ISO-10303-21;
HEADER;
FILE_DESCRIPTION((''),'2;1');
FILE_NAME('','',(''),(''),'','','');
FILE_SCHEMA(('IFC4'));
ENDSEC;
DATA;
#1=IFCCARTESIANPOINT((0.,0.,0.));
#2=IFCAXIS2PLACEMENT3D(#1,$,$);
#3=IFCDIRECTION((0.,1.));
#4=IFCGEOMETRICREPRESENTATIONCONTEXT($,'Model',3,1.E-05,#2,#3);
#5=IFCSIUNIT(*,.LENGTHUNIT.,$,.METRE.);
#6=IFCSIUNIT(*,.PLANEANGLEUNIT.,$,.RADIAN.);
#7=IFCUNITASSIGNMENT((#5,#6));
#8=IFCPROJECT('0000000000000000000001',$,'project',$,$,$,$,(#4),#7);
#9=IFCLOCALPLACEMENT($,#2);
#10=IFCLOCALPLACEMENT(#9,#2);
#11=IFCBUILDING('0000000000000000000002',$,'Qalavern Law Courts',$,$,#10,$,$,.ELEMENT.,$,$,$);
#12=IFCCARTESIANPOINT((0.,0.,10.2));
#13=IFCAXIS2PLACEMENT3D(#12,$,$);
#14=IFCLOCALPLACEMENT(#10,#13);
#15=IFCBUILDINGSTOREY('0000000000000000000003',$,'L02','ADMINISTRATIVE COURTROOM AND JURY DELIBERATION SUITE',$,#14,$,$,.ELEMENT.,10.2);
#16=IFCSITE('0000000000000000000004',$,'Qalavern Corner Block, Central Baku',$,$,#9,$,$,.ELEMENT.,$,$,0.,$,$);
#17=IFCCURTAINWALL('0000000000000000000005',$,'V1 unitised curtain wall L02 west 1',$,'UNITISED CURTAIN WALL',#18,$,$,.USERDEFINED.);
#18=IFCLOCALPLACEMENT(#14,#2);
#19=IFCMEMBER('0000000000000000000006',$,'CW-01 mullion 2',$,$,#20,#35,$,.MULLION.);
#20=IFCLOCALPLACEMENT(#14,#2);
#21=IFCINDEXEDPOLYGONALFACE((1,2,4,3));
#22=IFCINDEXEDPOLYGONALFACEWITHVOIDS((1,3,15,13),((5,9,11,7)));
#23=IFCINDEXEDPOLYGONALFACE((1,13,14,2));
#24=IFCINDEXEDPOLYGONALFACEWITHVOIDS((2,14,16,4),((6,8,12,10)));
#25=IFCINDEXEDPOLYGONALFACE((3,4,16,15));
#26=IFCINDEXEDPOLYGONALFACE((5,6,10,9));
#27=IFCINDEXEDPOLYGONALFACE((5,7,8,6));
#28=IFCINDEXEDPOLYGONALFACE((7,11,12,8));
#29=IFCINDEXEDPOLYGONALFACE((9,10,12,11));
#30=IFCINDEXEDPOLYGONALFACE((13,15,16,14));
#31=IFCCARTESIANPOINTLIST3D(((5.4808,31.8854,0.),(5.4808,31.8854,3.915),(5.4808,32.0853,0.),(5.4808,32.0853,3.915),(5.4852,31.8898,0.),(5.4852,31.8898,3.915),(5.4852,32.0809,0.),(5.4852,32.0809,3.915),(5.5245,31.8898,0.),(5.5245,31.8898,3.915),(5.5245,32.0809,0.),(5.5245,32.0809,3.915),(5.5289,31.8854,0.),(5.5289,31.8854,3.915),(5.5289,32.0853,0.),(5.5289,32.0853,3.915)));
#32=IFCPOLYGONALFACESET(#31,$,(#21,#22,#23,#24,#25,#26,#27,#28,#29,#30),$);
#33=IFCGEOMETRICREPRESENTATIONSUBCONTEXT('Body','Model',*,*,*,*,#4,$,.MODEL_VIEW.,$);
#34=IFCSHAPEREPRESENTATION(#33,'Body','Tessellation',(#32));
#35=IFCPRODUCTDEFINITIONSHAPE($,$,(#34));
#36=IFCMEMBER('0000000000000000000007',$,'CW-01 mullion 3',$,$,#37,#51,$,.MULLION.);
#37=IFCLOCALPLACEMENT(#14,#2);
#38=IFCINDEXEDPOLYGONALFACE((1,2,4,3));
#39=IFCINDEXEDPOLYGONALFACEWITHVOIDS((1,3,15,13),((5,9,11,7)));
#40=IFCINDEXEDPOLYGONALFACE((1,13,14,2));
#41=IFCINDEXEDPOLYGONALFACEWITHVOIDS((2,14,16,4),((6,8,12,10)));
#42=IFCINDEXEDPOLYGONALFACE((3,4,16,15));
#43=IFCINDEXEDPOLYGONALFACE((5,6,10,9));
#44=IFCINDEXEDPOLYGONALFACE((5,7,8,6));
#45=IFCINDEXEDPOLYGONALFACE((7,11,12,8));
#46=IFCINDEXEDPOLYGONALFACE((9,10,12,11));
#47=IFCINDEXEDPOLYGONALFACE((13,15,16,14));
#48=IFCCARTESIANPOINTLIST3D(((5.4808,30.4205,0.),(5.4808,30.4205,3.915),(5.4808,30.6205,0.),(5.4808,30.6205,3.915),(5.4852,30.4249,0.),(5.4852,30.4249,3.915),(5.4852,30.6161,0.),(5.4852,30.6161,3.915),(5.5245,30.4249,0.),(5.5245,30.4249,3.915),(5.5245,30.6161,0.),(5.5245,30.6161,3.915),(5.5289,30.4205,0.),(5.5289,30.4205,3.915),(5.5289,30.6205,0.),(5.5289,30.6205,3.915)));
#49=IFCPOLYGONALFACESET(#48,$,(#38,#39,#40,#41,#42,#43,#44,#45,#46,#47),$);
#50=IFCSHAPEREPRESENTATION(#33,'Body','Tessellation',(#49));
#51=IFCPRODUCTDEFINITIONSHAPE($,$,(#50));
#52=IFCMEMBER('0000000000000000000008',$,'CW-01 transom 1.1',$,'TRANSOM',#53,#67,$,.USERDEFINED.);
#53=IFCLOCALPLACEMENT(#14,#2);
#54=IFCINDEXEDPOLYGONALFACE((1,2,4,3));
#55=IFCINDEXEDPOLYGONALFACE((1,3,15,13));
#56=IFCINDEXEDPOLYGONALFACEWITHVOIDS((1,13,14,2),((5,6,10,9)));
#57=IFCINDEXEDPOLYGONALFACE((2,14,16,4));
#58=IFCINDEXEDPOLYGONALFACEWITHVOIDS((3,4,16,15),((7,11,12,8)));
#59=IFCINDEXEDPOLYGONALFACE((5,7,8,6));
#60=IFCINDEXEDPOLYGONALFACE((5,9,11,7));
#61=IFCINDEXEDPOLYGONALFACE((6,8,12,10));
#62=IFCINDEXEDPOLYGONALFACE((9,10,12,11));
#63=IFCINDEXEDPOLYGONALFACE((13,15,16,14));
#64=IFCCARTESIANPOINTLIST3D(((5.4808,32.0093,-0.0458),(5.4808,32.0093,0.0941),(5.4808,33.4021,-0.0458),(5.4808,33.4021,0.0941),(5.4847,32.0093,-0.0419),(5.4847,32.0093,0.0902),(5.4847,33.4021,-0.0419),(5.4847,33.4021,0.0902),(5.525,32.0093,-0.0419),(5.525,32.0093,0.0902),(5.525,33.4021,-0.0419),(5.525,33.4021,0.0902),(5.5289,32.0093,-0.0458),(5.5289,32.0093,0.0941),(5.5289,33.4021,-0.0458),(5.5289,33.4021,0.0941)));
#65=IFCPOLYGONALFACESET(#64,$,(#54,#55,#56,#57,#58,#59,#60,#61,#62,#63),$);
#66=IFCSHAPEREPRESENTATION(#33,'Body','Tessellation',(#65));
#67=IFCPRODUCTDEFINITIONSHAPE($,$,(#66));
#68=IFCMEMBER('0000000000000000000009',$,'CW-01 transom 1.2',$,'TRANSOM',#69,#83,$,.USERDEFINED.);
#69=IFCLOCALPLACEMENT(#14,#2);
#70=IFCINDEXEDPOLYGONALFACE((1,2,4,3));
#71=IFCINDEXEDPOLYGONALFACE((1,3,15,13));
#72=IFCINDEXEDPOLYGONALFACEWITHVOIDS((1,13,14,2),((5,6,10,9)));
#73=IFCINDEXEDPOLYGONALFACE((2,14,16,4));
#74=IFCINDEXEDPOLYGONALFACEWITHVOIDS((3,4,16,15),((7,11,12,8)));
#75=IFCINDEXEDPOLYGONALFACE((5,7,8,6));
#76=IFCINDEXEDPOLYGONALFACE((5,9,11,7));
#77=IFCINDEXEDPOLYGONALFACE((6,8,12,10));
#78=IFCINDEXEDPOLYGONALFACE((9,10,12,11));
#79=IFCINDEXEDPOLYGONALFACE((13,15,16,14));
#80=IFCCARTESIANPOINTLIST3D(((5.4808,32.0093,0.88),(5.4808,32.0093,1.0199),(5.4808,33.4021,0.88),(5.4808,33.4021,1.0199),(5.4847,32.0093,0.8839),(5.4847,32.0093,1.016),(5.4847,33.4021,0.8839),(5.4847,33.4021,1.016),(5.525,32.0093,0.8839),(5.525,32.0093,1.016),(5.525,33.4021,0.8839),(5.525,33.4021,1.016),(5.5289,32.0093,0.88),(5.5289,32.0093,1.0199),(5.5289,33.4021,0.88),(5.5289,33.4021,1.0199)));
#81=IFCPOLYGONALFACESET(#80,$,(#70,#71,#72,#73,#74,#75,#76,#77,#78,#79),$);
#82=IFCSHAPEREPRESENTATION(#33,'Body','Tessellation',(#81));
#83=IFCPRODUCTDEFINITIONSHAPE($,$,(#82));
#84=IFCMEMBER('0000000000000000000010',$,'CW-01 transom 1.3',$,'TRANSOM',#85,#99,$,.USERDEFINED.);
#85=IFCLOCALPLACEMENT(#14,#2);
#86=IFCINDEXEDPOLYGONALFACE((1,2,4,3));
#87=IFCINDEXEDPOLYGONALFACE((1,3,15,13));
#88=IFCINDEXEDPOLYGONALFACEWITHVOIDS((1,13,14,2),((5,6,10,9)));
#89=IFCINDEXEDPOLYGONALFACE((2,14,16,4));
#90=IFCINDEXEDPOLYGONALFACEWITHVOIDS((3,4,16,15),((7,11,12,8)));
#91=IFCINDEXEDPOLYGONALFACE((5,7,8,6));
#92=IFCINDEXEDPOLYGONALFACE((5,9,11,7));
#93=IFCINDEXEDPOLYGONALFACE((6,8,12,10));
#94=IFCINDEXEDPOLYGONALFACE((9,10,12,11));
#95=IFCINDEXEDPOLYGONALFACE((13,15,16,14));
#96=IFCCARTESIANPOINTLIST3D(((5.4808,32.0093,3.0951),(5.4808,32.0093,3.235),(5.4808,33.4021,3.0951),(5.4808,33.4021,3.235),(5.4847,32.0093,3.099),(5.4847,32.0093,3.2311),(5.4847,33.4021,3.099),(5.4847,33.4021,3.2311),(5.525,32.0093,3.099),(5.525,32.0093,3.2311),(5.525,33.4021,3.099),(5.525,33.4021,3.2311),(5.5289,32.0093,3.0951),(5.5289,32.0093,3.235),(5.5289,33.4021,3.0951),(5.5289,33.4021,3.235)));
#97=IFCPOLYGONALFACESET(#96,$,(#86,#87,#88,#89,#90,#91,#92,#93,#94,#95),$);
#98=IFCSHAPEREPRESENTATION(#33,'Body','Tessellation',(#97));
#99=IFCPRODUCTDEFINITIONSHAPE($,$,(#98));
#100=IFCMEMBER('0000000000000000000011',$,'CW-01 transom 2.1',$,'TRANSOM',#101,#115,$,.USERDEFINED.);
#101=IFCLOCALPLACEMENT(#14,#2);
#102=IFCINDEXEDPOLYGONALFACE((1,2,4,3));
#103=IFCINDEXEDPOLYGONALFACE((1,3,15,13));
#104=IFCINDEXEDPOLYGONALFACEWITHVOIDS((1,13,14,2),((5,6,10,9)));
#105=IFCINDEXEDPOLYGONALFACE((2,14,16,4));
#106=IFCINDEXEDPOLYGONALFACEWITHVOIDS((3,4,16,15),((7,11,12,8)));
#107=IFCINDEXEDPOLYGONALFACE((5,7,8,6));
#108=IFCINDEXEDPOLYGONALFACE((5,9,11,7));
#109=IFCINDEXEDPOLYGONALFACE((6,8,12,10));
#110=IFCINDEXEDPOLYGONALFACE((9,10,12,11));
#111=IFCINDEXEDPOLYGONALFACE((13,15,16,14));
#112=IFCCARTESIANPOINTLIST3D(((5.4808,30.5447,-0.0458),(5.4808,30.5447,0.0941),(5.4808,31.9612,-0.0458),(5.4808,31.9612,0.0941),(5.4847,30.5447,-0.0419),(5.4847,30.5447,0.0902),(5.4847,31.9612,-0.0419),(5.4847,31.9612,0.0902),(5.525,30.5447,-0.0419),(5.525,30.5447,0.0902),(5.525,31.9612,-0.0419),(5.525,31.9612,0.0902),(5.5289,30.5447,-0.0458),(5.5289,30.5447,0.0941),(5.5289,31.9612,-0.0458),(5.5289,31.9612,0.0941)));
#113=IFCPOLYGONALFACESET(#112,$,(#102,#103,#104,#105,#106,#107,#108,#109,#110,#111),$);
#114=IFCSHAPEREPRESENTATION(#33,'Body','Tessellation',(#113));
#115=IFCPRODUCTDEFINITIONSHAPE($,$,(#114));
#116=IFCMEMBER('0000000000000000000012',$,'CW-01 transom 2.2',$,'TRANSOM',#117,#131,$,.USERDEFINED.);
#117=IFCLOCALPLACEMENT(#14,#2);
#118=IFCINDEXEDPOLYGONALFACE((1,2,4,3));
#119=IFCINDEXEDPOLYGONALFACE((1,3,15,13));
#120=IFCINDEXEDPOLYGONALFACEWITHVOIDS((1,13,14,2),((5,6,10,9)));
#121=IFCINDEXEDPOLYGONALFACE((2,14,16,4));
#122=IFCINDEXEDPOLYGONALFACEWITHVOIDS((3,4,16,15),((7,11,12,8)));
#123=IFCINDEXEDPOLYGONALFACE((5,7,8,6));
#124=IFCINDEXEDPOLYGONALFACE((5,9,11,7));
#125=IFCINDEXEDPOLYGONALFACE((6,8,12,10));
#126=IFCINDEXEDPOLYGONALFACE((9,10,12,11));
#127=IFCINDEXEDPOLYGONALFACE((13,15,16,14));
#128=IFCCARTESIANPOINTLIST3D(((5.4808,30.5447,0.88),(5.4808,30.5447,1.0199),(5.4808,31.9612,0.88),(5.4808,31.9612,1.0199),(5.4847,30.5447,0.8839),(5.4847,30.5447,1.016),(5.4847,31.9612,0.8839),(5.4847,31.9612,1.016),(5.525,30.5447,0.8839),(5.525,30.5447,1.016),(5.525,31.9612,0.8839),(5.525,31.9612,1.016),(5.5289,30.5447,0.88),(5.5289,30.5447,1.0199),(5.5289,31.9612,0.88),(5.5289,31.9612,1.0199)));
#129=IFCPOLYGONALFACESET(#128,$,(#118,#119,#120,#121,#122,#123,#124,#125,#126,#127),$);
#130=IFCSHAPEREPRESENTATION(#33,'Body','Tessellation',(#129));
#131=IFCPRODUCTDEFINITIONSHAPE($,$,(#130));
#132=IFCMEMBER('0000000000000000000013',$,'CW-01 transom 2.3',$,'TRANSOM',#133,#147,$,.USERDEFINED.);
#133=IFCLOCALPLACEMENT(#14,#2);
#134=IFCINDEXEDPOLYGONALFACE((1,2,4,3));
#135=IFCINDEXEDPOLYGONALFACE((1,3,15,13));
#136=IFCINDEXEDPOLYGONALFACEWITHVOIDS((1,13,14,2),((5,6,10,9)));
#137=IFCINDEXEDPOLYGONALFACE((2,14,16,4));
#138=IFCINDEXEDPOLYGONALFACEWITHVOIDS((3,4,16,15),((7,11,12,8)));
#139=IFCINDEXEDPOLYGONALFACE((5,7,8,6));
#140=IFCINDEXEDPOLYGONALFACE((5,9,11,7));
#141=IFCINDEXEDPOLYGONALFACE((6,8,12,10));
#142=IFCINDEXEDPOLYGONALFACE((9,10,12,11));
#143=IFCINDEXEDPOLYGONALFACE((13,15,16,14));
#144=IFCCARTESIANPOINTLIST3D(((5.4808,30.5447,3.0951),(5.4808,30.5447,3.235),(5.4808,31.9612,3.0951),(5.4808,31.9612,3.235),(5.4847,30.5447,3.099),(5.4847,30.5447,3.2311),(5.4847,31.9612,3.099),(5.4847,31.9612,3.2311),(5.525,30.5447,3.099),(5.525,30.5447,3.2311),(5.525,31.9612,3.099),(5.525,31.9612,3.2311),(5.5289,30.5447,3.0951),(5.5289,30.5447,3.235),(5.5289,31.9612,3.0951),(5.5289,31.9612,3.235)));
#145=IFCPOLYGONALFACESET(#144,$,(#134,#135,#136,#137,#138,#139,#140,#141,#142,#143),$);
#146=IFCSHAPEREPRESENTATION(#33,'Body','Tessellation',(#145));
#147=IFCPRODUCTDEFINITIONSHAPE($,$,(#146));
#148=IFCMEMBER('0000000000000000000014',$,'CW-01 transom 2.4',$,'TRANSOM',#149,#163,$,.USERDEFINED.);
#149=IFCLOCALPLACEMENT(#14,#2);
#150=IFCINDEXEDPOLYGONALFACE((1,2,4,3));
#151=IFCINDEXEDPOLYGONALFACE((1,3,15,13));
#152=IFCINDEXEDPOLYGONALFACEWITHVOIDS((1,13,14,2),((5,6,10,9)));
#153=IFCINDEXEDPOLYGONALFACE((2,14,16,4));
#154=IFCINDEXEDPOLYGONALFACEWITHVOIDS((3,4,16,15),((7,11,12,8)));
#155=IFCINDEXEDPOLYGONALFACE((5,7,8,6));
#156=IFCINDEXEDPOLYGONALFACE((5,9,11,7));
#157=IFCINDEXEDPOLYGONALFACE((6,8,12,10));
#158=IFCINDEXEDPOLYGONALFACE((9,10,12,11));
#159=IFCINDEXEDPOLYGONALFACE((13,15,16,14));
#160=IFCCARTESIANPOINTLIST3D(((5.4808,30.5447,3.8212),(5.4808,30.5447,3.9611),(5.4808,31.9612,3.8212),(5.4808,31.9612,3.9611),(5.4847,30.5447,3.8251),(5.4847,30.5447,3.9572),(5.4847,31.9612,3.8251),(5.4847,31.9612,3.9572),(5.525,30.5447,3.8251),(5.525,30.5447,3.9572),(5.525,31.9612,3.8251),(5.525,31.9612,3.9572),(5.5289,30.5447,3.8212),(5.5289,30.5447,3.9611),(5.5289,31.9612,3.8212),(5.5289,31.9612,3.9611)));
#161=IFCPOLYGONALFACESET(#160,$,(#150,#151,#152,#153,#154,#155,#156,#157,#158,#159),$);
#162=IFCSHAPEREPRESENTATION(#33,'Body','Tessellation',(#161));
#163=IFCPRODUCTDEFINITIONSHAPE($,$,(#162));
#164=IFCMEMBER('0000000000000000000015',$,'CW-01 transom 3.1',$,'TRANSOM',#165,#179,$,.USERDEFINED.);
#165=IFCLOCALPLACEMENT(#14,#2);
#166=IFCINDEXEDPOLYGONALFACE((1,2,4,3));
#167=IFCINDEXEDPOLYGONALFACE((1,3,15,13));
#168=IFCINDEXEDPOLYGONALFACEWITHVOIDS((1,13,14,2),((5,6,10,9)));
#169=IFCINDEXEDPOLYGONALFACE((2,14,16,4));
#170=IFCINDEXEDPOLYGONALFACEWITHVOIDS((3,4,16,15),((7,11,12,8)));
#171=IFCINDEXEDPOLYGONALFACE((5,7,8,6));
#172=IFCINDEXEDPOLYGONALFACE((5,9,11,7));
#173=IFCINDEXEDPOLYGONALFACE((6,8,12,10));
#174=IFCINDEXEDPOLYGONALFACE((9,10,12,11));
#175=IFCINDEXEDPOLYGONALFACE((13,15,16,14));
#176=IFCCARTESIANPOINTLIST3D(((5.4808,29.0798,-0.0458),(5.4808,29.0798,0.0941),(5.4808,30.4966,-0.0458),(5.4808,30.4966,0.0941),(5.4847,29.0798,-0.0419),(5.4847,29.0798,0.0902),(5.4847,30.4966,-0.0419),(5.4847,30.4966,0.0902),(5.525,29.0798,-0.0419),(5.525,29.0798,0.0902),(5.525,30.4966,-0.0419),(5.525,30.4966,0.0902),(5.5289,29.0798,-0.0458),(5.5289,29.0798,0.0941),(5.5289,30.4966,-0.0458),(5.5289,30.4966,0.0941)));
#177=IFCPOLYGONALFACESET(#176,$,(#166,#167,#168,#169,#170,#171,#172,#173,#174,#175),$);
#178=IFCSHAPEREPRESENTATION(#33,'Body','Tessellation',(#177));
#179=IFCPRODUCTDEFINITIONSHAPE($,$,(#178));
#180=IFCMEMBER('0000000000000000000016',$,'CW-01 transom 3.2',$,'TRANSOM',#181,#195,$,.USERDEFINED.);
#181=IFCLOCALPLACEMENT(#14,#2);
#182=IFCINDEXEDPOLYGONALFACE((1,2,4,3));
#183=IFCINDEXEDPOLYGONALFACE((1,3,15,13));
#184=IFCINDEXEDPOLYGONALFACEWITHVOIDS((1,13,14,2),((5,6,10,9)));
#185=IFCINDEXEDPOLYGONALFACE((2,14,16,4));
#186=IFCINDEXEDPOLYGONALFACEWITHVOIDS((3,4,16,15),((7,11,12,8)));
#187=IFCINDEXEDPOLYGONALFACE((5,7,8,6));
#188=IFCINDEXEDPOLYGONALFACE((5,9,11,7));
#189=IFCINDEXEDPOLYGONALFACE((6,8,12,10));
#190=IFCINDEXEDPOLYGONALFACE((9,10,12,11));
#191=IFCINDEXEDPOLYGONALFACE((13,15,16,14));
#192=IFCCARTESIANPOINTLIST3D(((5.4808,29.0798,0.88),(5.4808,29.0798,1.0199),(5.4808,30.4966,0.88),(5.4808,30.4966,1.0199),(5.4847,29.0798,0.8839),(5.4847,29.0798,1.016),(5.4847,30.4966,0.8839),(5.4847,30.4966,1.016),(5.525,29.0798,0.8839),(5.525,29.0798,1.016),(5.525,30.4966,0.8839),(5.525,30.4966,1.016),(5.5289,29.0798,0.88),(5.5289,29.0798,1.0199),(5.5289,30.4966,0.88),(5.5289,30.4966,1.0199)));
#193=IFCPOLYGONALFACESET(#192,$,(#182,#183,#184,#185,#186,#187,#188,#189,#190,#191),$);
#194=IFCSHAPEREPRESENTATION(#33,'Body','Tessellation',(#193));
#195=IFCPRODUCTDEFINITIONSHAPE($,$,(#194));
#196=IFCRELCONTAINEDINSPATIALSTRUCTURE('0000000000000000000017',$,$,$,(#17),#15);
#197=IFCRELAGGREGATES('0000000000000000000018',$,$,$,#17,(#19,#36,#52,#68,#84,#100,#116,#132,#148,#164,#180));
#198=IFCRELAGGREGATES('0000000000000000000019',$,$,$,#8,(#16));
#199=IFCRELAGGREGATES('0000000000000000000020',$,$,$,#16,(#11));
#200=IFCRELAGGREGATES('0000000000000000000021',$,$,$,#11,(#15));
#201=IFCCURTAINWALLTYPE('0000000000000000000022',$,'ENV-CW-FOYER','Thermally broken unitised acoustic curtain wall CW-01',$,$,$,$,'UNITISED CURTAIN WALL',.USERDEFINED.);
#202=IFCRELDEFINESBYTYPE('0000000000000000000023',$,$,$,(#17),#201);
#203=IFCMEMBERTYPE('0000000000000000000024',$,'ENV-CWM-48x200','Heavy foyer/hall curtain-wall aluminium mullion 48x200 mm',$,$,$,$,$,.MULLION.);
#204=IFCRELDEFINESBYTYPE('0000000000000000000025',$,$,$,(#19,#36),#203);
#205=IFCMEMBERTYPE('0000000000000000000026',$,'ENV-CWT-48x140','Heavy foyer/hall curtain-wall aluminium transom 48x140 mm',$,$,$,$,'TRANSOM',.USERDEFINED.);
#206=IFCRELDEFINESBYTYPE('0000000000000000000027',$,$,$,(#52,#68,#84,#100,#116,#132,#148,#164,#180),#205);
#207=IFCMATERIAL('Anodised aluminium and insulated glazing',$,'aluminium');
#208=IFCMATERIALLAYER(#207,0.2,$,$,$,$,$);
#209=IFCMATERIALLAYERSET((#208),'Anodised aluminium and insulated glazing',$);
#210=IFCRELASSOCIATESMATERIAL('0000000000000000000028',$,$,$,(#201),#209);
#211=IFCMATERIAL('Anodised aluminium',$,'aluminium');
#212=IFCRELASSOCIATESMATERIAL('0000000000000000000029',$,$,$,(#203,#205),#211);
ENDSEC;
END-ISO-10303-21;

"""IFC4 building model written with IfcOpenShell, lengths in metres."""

from ifc_helpers import new_model, si_unit, direction, frame, origin, origin_2d, place, context, subcontext, project, spatial, hollow_rectangle, extrude, material, layer, layer_set, material_profile, profile_set, type_object, element, aggregate, save


model = new_model("IFC4")

# Units and contexts
model_context = context("Model", 3, precision=1e-05, world=origin(), true_north=direction((0.0, 1.0)))
body_context = subcontext(model_context, "Body", "Model", "MODEL_VIEW")
ifc_project = project(units=[si_unit("LENGTHUNIT", "METRE"), si_unit("PLANEANGLEUNIT", "RADIAN")], contexts=[model_context])

# Site, building, storey
site_placement = place(None, origin())
site = spatial("IfcSite", under=ifc_project, at=site_placement, Name="Qalavern Corner Block, Central Baku", CompositionType="ELEMENT", RefElevation=0.0)
building_placement = place(site_placement, origin())
building = spatial("IfcBuilding", under=site, at=building_placement, Name="Qalavern Law Courts", CompositionType="ELEMENT")
storey_placement = place(building_placement, frame((0.0, 0.0, 10.2)))
storey = spatial("IfcBuildingStorey", under=building, at=storey_placement, Name="L02", Description="ADMINISTRATIVE COURTROOM AND JURY DELIBERATION SUITE", CompositionType="ELEMENT", Elevation=10.2)

# Curtain wall, members
ifc_material_1 = material(Name="Anodised aluminium and insulated glazing", Category="aluminium")
ifc_layer_1 = layer(ifc_material_1, 0.2)
ifc_layer_set_1 = layer_set([ifc_layer_1], Name="Anodised aluminium and insulated glazing")
curtain_wall_type = type_object("IfcCurtainWallType", Name="ENV-CW-FOYER", Description="Thermally broken unitised acoustic curtain wall CW-01", ElementType="UNITISED CURTAIN WALL", PredefinedType="USERDEFINED", material=ifc_layer_set_1)
curtain_wall_placement = place(storey_placement, origin())
curtain_wall = element("IfcCurtainWall", 1, at=curtain_wall_placement, inside=storey, type_object=curtain_wall_type, Name="V1 unitised curtain wall L02 west 1", ObjectType="UNITISED CURTAIN WALL", PredefinedType="USERDEFINED")
ifc_material_2 = material(Name="Anodised aluminium", Category="aluminium")
ifc_material_profile_1 = material_profile(ifc_material_2, hollow_rectangle(XDim=0.0481, YDim=0.2, WallThickness=0.0044, at=origin_2d()), Name="ALU MULLION 48x200")
ifc_profile_set_1 = profile_set([ifc_material_profile_1], Name="Anodised aluminium")
member_type_1 = type_object("IfcMemberType", Name="ENV-CWM-48x200", Description="Heavy foyer/hall curtain-wall aluminium mullion 48x200 mm", PredefinedType="MULLION", material=ifc_profile_set_1)
member_1_placement = place(storey_placement, frame((5.5049, 31.9854, 0.0), z_axis=(0.0, 0.0, 1.0), x_axis=(1.0, 0.0, 0.0)))
member_1 = element("IfcMember", 2, at=member_1_placement, type_object=member_type_1, Name="CW-01 mullion 2", PredefinedType="MULLION", context=body_context, shape_type="SweptSolid", body=[
    extrude(hollow_rectangle(XDim=0.0481, YDim=0.2, WallThickness=0.0044, at=origin_2d()), origin(), (0.0, 0.0, 1.0), 3.915),
])
member_2_placement = place(storey_placement, frame((5.5049, 30.5205, 0.0), z_axis=(0.0, 0.0, 1.0), x_axis=(1.0, 0.0, 0.0)))
member_2 = element("IfcMember", 3, at=member_2_placement, type_object=member_type_1, Name="CW-01 mullion 3", PredefinedType="MULLION", context=body_context, shape_type="SweptSolid", body=[
    extrude(hollow_rectangle(XDim=0.0481, YDim=0.2, WallThickness=0.0044, at=origin_2d()), origin(), (0.0, 0.0, 1.0), 3.915),
])
ifc_material_profile_2 = material_profile(ifc_material_2, hollow_rectangle(XDim=0.0481, YDim=0.1399, WallThickness=0.0039, at=origin_2d()), Name="ALU TRANSOM 48x140")
ifc_profile_set_2 = profile_set([ifc_material_profile_2], Name="Anodised aluminium")
member_type_2 = type_object("IfcMemberType", Name="ENV-CWT-48x140", Description="Heavy foyer/hall curtain-wall aluminium transom 48x140 mm", ElementType="TRANSOM", PredefinedType="USERDEFINED", material=ifc_profile_set_2)
member_3_placement = place(storey_placement, frame((5.5049, 33.4021, 0.0242), z_axis=(0.0, -1.0, 0.0), x_axis=(1.0, 0.0, 0.0)))
member_3 = element("IfcMember", 4, at=member_3_placement, type_object=member_type_2, Name="CW-01 transom 1.1", ObjectType="TRANSOM", PredefinedType="USERDEFINED", context=body_context, shape_type="SweptSolid", body=[
    extrude(hollow_rectangle(XDim=0.0481, YDim=0.1399, WallThickness=0.0039, at=origin_2d()), origin(), (0.0, 0.0, 1.0), 1.3928),
])
member_4_placement = place(storey_placement, frame((5.5049, 33.4021, 0.95), z_axis=(0.0, -1.0, 0.0), x_axis=(1.0, 0.0, 0.0)))
member_4 = element("IfcMember", 5, at=member_4_placement, type_object=member_type_2, Name="CW-01 transom 1.2", ObjectType="TRANSOM", PredefinedType="USERDEFINED", context=body_context, shape_type="SweptSolid", body=[
    extrude(hollow_rectangle(XDim=0.0481, YDim=0.1399, WallThickness=0.0039, at=origin_2d()), origin(), (0.0, 0.0, 1.0), 1.3928),
])
member_5_placement = place(storey_placement, frame((5.5049, 33.4021, 3.165), z_axis=(0.0, -1.0, 0.0), x_axis=(1.0, 0.0, 0.0)))
member_5 = element("IfcMember", 6, at=member_5_placement, type_object=member_type_2, Name="CW-01 transom 1.3", ObjectType="TRANSOM", PredefinedType="USERDEFINED", context=body_context, shape_type="SweptSolid", body=[
    extrude(hollow_rectangle(XDim=0.0481, YDim=0.1399, WallThickness=0.0039, at=origin_2d()), origin(), (0.0, 0.0, 1.0), 1.3928),
])
member_6_placement = place(storey_placement, frame((5.5049, 31.9612, 0.0242), z_axis=(0.0, -1.0, 0.0), x_axis=(1.0, 0.0, 0.0)))
member_6 = element("IfcMember", 7, at=member_6_placement, type_object=member_type_2, Name="CW-01 transom 2.1", ObjectType="TRANSOM", PredefinedType="USERDEFINED", context=body_context, shape_type="SweptSolid", body=[
    extrude(hollow_rectangle(XDim=0.0481, YDim=0.1399, WallThickness=0.0039, at=origin_2d()), origin(), (0.0, 0.0, 1.0), 1.4165),
])
member_7_placement = place(storey_placement, frame((5.5049, 31.9612, 0.95), z_axis=(0.0, -1.0, 0.0), x_axis=(1.0, 0.0, 0.0)))
member_7 = element("IfcMember", 8, at=member_7_placement, type_object=member_type_2, Name="CW-01 transom 2.2", ObjectType="TRANSOM", PredefinedType="USERDEFINED", context=body_context, shape_type="SweptSolid", body=[
    extrude(hollow_rectangle(XDim=0.0481, YDim=0.1399, WallThickness=0.0039, at=origin_2d()), origin(), (0.0, 0.0, 1.0), 1.4165),
])
member_8_placement = place(storey_placement, frame((5.5049, 31.9612, 3.165), z_axis=(0.0, -1.0, 0.0), x_axis=(1.0, 0.0, 0.0)))
member_8 = element("IfcMember", 9, at=member_8_placement, type_object=member_type_2, Name="CW-01 transom 2.3", ObjectType="TRANSOM", PredefinedType="USERDEFINED", context=body_context, shape_type="SweptSolid", body=[
    extrude(hollow_rectangle(XDim=0.0481, YDim=0.1399, WallThickness=0.0039, at=origin_2d()), origin(), (0.0, 0.0, 1.0), 1.4165),
])
member_9_placement = place(storey_placement, frame((5.5049, 31.9612, 3.8911), z_axis=(0.0, -1.0, 0.0), x_axis=(1.0, 0.0, 0.0)))
member_9 = element("IfcMember", 10, at=member_9_placement, type_object=member_type_2, Name="CW-01 transom 2.4", ObjectType="TRANSOM", PredefinedType="USERDEFINED", context=body_context, shape_type="SweptSolid", body=[
    extrude(hollow_rectangle(XDim=0.0481, YDim=0.1399, WallThickness=0.0039, at=origin_2d()), origin(), (0.0, 0.0, 1.0), 1.4165),
])
member_10_placement = place(storey_placement, frame((5.5049, 30.4966, 0.0242), z_axis=(0.0, -1.0, 0.0), x_axis=(1.0, 0.0, 0.0)))
member_10 = element("IfcMember", 11, at=member_10_placement, type_object=member_type_2, Name="CW-01 transom 3.1", ObjectType="TRANSOM", PredefinedType="USERDEFINED", context=body_context, shape_type="SweptSolid", body=[
    extrude(hollow_rectangle(XDim=0.0481, YDim=0.1399, WallThickness=0.0039, at=origin_2d()), origin(), (0.0, 0.0, 1.0), 1.4167),
])
member_11_placement = place(storey_placement, frame((5.5049, 30.4966, 0.95), z_axis=(0.0, -1.0, 0.0), x_axis=(1.0, 0.0, 0.0)))
member_11 = element("IfcMember", 12, at=member_11_placement, type_object=member_type_2, Name="CW-01 transom 3.2", ObjectType="TRANSOM", PredefinedType="USERDEFINED", context=body_context, shape_type="SweptSolid", body=[
    extrude(hollow_rectangle(XDim=0.0481, YDim=0.1399, WallThickness=0.0039, at=origin_2d()), origin(), (0.0, 0.0, 1.0), 1.4167),
])

aggregate(curtain_wall, [member_1, member_2, member_3, member_4, member_5, member_6, member_7, member_8, member_9, member_10, member_11])

save(model, "model.ifc")
